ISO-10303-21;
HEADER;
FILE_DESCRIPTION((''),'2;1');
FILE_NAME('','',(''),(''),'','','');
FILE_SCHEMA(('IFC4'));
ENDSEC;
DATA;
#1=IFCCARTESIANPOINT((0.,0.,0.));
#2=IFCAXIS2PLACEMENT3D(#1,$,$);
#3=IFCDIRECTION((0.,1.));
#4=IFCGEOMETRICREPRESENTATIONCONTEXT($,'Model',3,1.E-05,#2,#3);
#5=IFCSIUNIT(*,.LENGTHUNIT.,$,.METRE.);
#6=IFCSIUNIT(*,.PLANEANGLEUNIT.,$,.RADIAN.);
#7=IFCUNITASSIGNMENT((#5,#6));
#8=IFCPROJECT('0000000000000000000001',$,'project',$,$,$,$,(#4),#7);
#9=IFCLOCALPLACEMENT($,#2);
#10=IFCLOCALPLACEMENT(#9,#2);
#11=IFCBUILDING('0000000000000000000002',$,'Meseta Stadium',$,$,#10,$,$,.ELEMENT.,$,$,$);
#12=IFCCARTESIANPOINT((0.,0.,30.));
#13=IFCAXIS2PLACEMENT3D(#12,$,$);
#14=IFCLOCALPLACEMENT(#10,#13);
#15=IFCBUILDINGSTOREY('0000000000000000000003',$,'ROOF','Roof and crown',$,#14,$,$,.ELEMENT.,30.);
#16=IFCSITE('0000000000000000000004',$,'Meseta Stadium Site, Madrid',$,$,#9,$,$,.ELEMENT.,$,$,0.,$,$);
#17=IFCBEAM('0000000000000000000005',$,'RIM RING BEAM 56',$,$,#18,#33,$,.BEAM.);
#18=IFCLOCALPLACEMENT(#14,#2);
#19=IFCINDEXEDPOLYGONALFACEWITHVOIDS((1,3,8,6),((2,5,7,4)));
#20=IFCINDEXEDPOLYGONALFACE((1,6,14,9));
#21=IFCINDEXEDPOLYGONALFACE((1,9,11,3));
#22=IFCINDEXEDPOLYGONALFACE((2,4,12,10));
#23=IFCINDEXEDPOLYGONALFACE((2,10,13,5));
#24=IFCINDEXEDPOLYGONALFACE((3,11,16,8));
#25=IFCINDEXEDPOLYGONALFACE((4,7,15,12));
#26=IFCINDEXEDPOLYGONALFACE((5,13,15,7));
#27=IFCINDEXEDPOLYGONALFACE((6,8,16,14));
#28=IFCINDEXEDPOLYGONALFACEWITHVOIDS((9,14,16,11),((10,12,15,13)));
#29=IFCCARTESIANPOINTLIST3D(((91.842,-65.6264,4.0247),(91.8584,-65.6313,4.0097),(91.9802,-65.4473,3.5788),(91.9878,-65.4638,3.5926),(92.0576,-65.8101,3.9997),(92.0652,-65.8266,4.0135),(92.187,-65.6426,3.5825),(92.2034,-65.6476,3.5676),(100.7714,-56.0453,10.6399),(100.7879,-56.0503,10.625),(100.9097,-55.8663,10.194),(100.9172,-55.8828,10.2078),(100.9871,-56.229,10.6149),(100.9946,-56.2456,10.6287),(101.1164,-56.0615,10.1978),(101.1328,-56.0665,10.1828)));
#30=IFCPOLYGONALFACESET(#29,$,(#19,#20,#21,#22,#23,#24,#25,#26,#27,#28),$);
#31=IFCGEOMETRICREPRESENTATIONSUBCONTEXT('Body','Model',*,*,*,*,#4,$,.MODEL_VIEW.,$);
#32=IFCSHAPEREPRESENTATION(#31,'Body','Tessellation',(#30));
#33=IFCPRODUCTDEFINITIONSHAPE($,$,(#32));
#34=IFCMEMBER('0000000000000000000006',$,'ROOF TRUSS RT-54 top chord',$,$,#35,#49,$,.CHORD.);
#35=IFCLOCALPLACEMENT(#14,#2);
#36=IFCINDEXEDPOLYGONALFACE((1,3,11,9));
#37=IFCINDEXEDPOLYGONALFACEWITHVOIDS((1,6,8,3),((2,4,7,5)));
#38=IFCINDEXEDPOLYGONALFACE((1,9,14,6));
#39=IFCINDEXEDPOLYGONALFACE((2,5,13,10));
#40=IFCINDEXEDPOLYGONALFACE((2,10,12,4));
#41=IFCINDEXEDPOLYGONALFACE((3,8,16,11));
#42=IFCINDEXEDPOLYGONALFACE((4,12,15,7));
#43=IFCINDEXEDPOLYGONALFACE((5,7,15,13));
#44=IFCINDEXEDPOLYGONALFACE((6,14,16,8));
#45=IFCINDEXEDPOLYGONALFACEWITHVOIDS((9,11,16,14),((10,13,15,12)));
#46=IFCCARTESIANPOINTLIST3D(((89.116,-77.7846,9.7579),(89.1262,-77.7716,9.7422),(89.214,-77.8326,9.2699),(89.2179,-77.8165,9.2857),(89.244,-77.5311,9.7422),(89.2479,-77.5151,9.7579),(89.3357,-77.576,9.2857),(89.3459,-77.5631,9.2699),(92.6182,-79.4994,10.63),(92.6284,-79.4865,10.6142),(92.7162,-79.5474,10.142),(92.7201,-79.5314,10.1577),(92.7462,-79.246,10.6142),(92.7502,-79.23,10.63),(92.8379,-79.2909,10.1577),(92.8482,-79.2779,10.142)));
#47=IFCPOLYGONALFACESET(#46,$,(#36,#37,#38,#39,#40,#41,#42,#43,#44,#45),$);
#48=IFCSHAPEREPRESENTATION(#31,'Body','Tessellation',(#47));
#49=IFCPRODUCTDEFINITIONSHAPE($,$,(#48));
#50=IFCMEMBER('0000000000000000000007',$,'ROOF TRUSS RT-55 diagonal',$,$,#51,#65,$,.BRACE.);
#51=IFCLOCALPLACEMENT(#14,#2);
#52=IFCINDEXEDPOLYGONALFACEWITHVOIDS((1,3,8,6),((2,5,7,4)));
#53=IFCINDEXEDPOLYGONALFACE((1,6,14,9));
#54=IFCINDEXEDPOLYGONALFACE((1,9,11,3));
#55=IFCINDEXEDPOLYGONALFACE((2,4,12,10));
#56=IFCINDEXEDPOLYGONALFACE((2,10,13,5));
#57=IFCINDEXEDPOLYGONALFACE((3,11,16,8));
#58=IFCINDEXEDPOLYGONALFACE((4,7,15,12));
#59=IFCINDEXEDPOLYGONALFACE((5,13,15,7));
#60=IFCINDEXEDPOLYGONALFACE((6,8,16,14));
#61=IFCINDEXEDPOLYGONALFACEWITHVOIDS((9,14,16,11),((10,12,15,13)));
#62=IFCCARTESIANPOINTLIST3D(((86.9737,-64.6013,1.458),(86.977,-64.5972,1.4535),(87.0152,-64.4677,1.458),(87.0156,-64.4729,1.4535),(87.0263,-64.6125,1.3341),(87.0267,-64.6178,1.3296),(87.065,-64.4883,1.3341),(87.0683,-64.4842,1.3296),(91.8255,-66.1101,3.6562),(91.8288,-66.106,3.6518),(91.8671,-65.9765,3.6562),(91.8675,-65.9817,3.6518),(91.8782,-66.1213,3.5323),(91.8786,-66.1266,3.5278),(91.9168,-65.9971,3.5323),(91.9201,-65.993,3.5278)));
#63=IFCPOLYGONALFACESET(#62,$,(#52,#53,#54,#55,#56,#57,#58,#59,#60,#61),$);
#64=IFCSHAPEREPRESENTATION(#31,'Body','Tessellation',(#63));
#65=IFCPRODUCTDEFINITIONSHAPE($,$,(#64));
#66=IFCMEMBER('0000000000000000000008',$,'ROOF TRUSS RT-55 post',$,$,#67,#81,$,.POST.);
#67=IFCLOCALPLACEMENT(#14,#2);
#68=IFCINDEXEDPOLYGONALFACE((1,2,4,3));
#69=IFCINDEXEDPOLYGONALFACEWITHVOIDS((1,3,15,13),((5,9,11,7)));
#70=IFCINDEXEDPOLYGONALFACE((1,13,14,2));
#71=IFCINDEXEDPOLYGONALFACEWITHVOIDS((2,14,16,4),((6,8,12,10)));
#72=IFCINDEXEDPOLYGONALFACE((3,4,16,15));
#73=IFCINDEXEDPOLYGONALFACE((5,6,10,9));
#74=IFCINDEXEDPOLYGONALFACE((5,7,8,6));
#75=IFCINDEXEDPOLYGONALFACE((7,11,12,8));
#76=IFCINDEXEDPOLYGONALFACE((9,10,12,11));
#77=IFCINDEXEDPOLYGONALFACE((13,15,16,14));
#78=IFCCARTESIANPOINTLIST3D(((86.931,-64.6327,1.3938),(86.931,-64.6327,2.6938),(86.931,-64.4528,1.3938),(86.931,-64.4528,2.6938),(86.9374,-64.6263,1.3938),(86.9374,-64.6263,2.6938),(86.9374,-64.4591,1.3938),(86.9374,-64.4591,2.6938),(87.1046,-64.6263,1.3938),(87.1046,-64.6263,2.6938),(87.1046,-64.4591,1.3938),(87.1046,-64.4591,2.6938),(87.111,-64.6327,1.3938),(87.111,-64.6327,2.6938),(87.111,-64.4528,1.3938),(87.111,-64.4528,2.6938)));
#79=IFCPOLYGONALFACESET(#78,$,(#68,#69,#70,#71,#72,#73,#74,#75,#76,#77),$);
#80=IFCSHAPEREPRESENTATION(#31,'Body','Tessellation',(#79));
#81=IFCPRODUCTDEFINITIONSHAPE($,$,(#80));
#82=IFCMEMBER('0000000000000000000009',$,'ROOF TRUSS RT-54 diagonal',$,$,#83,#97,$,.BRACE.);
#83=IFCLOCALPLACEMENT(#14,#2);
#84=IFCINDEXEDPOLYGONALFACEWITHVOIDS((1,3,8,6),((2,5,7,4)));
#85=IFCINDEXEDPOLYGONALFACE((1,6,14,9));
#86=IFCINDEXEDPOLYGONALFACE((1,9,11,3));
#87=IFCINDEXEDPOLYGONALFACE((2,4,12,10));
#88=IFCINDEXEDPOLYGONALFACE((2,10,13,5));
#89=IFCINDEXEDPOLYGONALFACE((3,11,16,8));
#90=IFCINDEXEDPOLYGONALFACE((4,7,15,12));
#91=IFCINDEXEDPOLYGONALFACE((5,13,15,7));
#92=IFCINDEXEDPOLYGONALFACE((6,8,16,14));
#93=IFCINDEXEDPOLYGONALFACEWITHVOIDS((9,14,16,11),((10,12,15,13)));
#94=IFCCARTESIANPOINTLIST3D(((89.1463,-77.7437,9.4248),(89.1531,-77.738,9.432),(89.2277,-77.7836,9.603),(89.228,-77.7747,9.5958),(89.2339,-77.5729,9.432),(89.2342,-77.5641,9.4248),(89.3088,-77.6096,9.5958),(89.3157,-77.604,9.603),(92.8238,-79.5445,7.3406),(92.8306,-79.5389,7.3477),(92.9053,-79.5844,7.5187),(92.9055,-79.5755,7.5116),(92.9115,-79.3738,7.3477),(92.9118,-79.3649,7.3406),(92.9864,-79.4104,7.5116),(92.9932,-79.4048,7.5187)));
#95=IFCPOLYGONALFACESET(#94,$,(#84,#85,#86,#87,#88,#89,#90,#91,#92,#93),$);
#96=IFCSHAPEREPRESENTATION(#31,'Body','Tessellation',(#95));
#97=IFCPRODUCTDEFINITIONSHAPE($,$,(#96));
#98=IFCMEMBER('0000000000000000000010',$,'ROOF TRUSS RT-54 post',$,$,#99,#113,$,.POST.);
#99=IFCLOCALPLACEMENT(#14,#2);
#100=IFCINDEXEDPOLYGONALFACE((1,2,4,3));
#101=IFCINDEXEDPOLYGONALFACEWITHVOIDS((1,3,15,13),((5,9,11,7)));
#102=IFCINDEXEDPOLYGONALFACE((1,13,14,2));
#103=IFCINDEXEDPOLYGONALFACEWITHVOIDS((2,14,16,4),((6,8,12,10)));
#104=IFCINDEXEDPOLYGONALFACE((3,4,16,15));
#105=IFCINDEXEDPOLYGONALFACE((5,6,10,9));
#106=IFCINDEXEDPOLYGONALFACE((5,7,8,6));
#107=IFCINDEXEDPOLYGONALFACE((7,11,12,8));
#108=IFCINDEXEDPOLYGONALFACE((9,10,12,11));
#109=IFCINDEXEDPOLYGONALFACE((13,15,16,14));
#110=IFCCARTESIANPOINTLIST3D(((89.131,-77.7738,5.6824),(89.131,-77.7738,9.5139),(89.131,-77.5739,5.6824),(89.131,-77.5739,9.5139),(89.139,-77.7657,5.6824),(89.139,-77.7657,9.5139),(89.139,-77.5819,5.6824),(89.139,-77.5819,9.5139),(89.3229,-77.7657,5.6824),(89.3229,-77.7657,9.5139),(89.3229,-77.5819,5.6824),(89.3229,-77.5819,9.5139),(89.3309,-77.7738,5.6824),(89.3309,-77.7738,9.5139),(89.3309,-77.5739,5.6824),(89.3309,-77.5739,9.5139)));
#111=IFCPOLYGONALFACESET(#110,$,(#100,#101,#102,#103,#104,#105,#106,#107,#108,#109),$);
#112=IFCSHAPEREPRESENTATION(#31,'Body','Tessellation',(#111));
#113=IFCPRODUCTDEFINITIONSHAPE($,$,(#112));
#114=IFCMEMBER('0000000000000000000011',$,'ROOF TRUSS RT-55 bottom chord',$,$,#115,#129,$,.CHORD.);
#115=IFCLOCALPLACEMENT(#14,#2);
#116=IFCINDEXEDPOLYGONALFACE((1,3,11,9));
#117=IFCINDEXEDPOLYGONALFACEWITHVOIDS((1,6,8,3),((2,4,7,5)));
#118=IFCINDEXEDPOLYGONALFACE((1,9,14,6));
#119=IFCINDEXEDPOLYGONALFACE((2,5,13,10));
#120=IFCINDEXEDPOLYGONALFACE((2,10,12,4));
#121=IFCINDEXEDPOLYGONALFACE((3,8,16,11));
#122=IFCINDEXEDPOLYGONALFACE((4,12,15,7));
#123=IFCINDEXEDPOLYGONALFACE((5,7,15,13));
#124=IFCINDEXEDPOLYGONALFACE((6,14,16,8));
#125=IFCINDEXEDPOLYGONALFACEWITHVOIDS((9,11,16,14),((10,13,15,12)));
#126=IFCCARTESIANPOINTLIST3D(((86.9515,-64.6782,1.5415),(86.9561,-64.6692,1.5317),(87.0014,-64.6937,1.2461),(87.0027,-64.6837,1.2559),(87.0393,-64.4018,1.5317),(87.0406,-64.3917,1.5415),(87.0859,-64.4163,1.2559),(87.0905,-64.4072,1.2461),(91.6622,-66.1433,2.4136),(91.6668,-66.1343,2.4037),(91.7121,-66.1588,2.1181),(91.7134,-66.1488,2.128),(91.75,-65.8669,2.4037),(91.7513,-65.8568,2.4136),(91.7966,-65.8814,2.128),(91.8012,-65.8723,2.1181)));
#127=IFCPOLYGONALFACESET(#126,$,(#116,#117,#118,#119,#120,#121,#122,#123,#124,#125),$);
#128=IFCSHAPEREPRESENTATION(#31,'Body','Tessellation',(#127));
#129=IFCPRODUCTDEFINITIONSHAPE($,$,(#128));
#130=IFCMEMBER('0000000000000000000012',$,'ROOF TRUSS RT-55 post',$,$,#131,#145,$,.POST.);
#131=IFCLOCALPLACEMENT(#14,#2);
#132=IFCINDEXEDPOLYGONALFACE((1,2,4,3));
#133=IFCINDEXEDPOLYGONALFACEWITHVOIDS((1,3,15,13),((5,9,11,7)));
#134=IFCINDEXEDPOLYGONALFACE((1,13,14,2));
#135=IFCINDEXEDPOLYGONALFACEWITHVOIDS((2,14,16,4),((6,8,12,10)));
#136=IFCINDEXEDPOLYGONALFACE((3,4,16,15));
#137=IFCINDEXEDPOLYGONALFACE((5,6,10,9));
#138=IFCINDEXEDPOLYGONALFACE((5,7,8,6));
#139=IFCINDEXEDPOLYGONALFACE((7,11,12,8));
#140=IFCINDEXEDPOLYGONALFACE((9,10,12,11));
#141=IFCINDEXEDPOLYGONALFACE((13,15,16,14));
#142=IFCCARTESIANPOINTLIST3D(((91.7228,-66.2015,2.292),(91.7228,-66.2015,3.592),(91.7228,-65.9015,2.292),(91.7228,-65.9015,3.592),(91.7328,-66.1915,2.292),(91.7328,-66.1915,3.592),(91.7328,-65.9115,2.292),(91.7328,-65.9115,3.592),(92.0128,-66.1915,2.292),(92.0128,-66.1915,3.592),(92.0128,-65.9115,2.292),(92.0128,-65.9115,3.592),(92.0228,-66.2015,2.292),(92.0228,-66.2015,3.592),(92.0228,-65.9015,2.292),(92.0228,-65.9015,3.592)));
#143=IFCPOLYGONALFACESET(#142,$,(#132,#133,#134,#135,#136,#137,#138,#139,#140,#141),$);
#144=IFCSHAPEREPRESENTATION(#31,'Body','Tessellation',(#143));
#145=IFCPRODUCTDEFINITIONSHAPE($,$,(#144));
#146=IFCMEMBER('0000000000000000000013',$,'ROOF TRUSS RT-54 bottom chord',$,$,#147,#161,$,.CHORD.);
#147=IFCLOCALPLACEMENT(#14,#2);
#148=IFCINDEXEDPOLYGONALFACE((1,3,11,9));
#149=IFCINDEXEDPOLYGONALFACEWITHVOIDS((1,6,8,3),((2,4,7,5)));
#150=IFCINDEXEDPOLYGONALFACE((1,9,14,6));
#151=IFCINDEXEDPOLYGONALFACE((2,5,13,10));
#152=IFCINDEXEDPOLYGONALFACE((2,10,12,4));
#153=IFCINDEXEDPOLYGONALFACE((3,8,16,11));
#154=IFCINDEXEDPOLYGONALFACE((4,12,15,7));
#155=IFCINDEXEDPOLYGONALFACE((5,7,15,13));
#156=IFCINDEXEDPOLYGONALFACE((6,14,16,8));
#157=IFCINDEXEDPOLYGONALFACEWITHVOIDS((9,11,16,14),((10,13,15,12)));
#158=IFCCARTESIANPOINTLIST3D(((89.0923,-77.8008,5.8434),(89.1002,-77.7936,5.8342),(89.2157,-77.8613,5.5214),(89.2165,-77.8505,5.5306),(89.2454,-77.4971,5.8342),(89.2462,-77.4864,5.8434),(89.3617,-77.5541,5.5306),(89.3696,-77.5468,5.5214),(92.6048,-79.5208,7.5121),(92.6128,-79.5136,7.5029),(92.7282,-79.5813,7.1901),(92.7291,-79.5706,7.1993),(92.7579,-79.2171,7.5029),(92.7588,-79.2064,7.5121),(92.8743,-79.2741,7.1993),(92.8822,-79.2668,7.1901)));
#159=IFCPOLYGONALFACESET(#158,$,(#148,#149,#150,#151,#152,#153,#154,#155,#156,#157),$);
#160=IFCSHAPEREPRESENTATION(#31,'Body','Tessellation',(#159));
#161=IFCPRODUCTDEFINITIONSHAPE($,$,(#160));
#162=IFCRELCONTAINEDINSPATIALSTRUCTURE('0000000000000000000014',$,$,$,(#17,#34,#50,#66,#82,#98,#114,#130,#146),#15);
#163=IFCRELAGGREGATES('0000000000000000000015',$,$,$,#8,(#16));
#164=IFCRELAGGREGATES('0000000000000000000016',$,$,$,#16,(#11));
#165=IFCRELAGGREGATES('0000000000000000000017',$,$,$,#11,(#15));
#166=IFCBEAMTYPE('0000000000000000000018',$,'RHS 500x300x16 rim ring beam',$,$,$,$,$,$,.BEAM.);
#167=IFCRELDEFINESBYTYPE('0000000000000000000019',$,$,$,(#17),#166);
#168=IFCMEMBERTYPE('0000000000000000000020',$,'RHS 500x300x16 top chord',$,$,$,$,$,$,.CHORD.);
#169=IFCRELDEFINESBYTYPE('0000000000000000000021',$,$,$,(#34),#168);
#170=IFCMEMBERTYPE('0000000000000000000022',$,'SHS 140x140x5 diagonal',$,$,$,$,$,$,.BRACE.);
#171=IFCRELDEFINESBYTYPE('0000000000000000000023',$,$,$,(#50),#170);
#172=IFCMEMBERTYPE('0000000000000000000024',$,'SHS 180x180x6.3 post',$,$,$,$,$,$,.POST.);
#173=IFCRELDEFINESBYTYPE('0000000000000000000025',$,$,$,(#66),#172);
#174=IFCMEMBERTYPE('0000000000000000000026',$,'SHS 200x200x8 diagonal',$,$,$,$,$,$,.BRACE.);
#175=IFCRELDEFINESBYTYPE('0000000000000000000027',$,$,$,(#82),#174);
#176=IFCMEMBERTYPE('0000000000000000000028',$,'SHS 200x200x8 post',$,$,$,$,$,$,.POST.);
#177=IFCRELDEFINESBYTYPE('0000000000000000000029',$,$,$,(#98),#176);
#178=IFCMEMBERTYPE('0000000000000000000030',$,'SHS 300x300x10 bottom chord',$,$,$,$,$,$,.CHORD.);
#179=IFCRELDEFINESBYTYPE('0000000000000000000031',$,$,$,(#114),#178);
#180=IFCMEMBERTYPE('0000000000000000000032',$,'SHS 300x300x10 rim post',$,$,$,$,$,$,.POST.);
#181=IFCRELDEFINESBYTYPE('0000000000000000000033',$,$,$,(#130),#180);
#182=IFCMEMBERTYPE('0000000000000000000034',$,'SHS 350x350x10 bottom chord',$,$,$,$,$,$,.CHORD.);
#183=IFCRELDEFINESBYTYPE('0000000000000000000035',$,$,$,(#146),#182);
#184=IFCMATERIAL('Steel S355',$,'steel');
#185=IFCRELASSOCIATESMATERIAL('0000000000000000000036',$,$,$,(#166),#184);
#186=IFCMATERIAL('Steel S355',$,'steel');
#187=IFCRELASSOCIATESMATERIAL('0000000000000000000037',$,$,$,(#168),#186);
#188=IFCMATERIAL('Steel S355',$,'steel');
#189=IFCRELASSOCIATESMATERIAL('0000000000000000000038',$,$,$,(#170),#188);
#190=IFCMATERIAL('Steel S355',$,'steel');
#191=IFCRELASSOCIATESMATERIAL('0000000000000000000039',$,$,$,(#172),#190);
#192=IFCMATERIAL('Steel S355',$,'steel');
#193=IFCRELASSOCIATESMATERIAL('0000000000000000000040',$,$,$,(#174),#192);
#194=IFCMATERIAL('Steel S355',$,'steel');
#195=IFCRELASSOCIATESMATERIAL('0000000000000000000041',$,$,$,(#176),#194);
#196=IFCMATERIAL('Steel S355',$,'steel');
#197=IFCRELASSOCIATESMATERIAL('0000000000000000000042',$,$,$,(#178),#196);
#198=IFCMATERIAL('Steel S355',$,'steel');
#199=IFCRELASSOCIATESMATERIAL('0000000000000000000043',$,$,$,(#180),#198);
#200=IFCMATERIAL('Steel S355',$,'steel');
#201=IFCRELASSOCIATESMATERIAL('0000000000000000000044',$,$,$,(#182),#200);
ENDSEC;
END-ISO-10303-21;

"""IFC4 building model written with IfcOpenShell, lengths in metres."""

from ifc_helpers import new_model, si_unit, direction, frame, origin, origin_2d, place, context, subcontext, project, spatial, hollow_rectangle, extrude, material, material_profile, profile_set, type_object, element, save


model = new_model("IFC4")

# Units and contexts
model_context = context("Model", 3, precision=1e-05, world=origin(), true_north=direction((0.0, 1.0)))
body_context = subcontext(model_context, "Body", "Model", "MODEL_VIEW")
ifc_project = project(units=[si_unit("LENGTHUNIT", "METRE"), si_unit("PLANEANGLEUNIT", "RADIAN")], contexts=[model_context])

# Site, building, storey
site_placement = place(None, origin())
site = spatial("IfcSite", under=ifc_project, at=site_placement, Name="Meseta Stadium Site, Madrid", CompositionType="ELEMENT", RefElevation=0.0)
building_placement = place(site_placement, origin())
building = spatial("IfcBuilding", under=site, at=building_placement, Name="Meseta Stadium", CompositionType="ELEMENT")
storey_placement = place(building_placement, frame((0.0, 0.0, 30.0)))
storey = spatial("IfcBuildingStorey", under=building, at=storey_placement, Name="ROOF", Description="Roof and crown", CompositionType="ELEMENT", Elevation=30.0)

# Beam
ifc_material_1 = material(Name="Steel S355", Category="steel")
ifc_material_profile_1 = material_profile(ifc_material_1, hollow_rectangle(XDim=0.3, YDim=0.5, WallThickness=0.0161, at=origin_2d()), Name="RHS 500x300x16")
ifc_profile_set_1 = profile_set([ifc_material_profile_1], Name="Steel S355")
beam_type = type_object("IfcBeamType", Name="RHS 500x300x16 rim ring beam", PredefinedType="BEAM", material=ifc_profile_set_1)
beam_placement = place(storey_placement, frame((92.0227, -65.637, 3.7961), z_axis=(0.608569, 0.652978, 0.450848), x_axis=(-0.743784, 0.667373, 0.037405)))
element("IfcBeam", 1, at=beam_placement, inside=storey, type_object=beam_type, Name="RIM RING BEAM 56", PredefinedType="BEAM", context=body_context, shape_type="SweptSolid", body=[
    extrude(hollow_rectangle(XDim=0.3, YDim=0.5, WallThickness=0.0161, at=origin_2d()), origin(), (0.0, 0.0, 1.0), 14.6729),
])

# Members
ifc_material_2 = material(Name="Steel S355", Category="steel")
ifc_material_profile_2 = material_profile(ifc_material_2, hollow_rectangle(XDim=0.3, YDim=0.5, WallThickness=0.0161, at=origin_2d()), Name="RHS 500x300x16")
ifc_profile_set_2 = profile_set([ifc_material_profile_2], Name="Steel S355")
member_type_1 = type_object("IfcMemberType", Name="RHS 500x300x16 top chord", PredefinedType="CHORD", material=ifc_profile_set_2)
member_1_placement = place(storey_placement, frame((89.231, -77.6738, 9.5139), z_axis=(0.876465, -0.429159, 0.218246), x_axis=(0.43976, 0.898115, 0.0)))
element("IfcMember", 2, at=member_1_placement, inside=storey, type_object=member_type_1, Name="ROOF TRUSS RT-54 top chord", PredefinedType="CHORD", context=body_context, shape_type="SweptSolid", body=[
    extrude(hollow_rectangle(XDim=0.3, YDim=0.5, WallThickness=0.0161, at=origin_2d()), origin(), (0.0, 0.0, 1.0), 3.9958),
])
ifc_material_3 = material(Name="Steel S355", Category="steel")
ifc_material_profile_3 = material_profile(ifc_material_3, hollow_rectangle(XDim=0.1399, YDim=0.1399, WallThickness=0.0049, at=origin_2d()), Name="SHS 140x140x5")
ifc_profile_set_3 = profile_set([ifc_material_profile_3], Name="Steel S355")
member_type_2 = type_object("IfcMemberType", Name="SHS 140x140x5 diagonal", PredefinedType="BRACE", material=ifc_profile_set_3)
member_2_placement = place(storey_placement, frame((87.021, -64.5427, 1.3938), z_axis=(0.87639, -0.272535, 0.397072), x_axis=(0.296948, 0.954894, 0.0)))
element("IfcMember", 3, at=member_2_placement, inside=storey, type_object=member_type_2, Name="ROOF TRUSS RT-55 diagonal", PredefinedType="BRACE", context=body_context, shape_type="SweptSolid", body=[
    extrude(hollow_rectangle(XDim=0.1399, YDim=0.1399, WallThickness=0.0049, at=origin_2d()), origin(), (0.0, 0.0, 1.0), 5.5361),
])
ifc_material_4 = material(Name="Steel S355", Category="steel")
ifc_material_profile_4 = material_profile(ifc_material_4, hollow_rectangle(XDim=0.1799, YDim=0.1799, WallThickness=0.0063, at=origin_2d()), Name="SHS 180x180x6.3")
ifc_profile_set_4 = profile_set([ifc_material_profile_4], Name="Steel S355")
member_type_3 = type_object("IfcMemberType", Name="SHS 180x180x6.3 post", PredefinedType="POST", material=ifc_profile_set_4)
member_3_placement = place(storey_placement, frame((87.021, -64.5427, 1.3938), z_axis=(0.0, 0.0, 1.0), x_axis=(1.0, 0.0, 0.0)))
element("IfcMember", 4, at=member_3_placement, inside=storey, type_object=member_type_3, Name="ROOF TRUSS RT-55 post", PredefinedType="POST", context=body_context, shape_type="SweptSolid", body=[
    extrude(hollow_rectangle(XDim=0.1799, YDim=0.1799, WallThickness=0.0063, at=origin_2d()), origin(), (0.0, 0.0, 1.0), 1.3),
])
ifc_material_5 = material(Name="Steel S355", Category="steel")
ifc_material_profile_5 = material_profile(ifc_material_5, hollow_rectangle(XDim=0.2, YDim=0.2, WallThickness=0.0081, at=origin_2d()), Name="SHS 200x200x8")
ifc_profile_set_5 = profile_set([ifc_material_profile_5], Name="Steel S355")
member_type_4 = type_object("IfcMemberType", Name="SHS 200x200x8 diagonal", PredefinedType="BRACE", material=ifc_profile_set_5)
member_4_placement = place(storey_placement, frame((89.231, -77.6738, 9.5139), z_axis=(0.800386, -0.391931, -0.453621), x_axis=(0.439781, 0.898105, 0.0)))
element("IfcMember", 5, at=member_4_placement, inside=storey, type_object=member_type_4, Name="ROOF TRUSS RT-54 diagonal", PredefinedType="BRACE", context=body_context, shape_type="SweptSolid", body=[
    extrude(hollow_rectangle(XDim=0.2, YDim=0.2, WallThickness=0.0081, at=origin_2d()), origin(), (0.0, 0.0, 1.0), 4.5947),
])
ifc_material_6 = material(Name="Steel S355", Category="steel")
ifc_material_profile_6 = material_profile(ifc_material_6, hollow_rectangle(XDim=0.2, YDim=0.2, WallThickness=0.0081, at=origin_2d()), Name="SHS 200x200x8")
ifc_profile_set_6 = profile_set([ifc_material_profile_6], Name="Steel S355")
member_type_5 = type_object("IfcMemberType", Name="SHS 200x200x8 post", PredefinedType="POST", material=ifc_profile_set_6)
member_5_placement = place(storey_placement, frame((89.231, -77.6738, 5.6824), z_axis=(0.0, 0.0, 1.0), x_axis=(1.0, 0.0, 0.0)))
element("IfcMember", 6, at=member_5_placement, inside=storey, type_object=member_type_5, Name="ROOF TRUSS RT-54 post", PredefinedType="POST", context=body_context, shape_type="SweptSolid", body=[
    extrude(hollow_rectangle(XDim=0.2, YDim=0.2, WallThickness=0.0081, at=origin_2d()), origin(), (0.0, 0.0, 1.0), 3.8315),
])
ifc_material_7 = material(Name="Steel S355", Category="steel")
ifc_material_profile_7 = material_profile(ifc_material_7, hollow_rectangle(XDim=0.3, YDim=0.3, WallThickness=0.01, at=origin_2d()), Name="SHS 300x300x10")
ifc_profile_set_7 = profile_set([ifc_material_profile_7], Name="Steel S355")
member_type_6 = type_object("IfcMemberType", Name="SHS 300x300x10 bottom chord", PredefinedType="CHORD", material=ifc_profile_set_7)
member_6_placement = place(storey_placement, frame((87.021, -64.5427, 1.3938), z_axis=(0.940305, -0.292447, 0.174075), x_axis=(0.296981, 0.954883, 0.0)))
element("IfcMember", 7, at=member_6_placement, inside=storey, type_object=member_type_6, Name="ROOF TRUSS RT-55 bottom chord", PredefinedType="CHORD", context=body_context, shape_type="SweptSolid", body=[
    extrude(hollow_rectangle(XDim=0.3, YDim=0.3, WallThickness=0.01, at=origin_2d()), origin(), (0.0, 0.0, 1.0), 5.0098),
])
ifc_material_8 = material(Name="Steel S355", Category="steel")
ifc_material_profile_8 = material_profile(ifc_material_8, hollow_rectangle(XDim=0.3, YDim=0.3, WallThickness=0.01, at=origin_2d()), Name="SHS 300x300x10")
ifc_profile_set_8 = profile_set([ifc_material_profile_8], Name="Steel S355")
member_type_7 = type_object("IfcMemberType", Name="SHS 300x300x10 rim post", PredefinedType="POST", material=ifc_profile_set_8)
member_7_placement = place(storey_placement, frame((91.8728, -66.0515, 2.292), z_axis=(0.0, 0.0, 1.0), x_axis=(1.0, 0.0, 0.0)))
element("IfcMember", 8, at=member_7_placement, inside=storey, type_object=member_type_7, Name="ROOF TRUSS RT-55 post", PredefinedType="POST", context=body_context, shape_type="SweptSolid", body=[
    extrude(hollow_rectangle(XDim=0.3, YDim=0.3, WallThickness=0.01, at=origin_2d()), origin(), (0.0, 0.0, 1.0), 1.3),
])
ifc_material_9 = material(Name="Steel S355", Category="steel")
ifc_material_profile_9 = material_profile(ifc_material_9, hollow_rectangle(XDim=0.3501, YDim=0.3501, WallThickness=0.01, at=origin_2d()), Name="SHS 350x350x10")
ifc_profile_set_9 = profile_set([ifc_material_profile_9], Name="Steel S355")
member_type_8 = type_object("IfcMemberType", Name="SHS 350x350x10 bottom chord", PredefinedType="CHORD", material=ifc_profile_set_9)
member_8_placement = place(storey_placement, frame((89.231, -77.6738, 5.6824), z_axis=(0.826055, -0.404501, 0.392444), x_axis=(0.439782, 0.898104, 0.0)))
element("IfcMember", 9, at=member_8_placement, inside=storey, type_object=member_type_8, Name="ROOF TRUSS RT-54 bottom chord", PredefinedType="CHORD", context=body_context, shape_type="SweptSolid", body=[
    extrude(hollow_rectangle(XDim=0.3501, YDim=0.3501, WallThickness=0.01, at=origin_2d()), origin(), (0.0, 0.0, 1.0), 4.2522),
])

save(model, "model.ifc")
